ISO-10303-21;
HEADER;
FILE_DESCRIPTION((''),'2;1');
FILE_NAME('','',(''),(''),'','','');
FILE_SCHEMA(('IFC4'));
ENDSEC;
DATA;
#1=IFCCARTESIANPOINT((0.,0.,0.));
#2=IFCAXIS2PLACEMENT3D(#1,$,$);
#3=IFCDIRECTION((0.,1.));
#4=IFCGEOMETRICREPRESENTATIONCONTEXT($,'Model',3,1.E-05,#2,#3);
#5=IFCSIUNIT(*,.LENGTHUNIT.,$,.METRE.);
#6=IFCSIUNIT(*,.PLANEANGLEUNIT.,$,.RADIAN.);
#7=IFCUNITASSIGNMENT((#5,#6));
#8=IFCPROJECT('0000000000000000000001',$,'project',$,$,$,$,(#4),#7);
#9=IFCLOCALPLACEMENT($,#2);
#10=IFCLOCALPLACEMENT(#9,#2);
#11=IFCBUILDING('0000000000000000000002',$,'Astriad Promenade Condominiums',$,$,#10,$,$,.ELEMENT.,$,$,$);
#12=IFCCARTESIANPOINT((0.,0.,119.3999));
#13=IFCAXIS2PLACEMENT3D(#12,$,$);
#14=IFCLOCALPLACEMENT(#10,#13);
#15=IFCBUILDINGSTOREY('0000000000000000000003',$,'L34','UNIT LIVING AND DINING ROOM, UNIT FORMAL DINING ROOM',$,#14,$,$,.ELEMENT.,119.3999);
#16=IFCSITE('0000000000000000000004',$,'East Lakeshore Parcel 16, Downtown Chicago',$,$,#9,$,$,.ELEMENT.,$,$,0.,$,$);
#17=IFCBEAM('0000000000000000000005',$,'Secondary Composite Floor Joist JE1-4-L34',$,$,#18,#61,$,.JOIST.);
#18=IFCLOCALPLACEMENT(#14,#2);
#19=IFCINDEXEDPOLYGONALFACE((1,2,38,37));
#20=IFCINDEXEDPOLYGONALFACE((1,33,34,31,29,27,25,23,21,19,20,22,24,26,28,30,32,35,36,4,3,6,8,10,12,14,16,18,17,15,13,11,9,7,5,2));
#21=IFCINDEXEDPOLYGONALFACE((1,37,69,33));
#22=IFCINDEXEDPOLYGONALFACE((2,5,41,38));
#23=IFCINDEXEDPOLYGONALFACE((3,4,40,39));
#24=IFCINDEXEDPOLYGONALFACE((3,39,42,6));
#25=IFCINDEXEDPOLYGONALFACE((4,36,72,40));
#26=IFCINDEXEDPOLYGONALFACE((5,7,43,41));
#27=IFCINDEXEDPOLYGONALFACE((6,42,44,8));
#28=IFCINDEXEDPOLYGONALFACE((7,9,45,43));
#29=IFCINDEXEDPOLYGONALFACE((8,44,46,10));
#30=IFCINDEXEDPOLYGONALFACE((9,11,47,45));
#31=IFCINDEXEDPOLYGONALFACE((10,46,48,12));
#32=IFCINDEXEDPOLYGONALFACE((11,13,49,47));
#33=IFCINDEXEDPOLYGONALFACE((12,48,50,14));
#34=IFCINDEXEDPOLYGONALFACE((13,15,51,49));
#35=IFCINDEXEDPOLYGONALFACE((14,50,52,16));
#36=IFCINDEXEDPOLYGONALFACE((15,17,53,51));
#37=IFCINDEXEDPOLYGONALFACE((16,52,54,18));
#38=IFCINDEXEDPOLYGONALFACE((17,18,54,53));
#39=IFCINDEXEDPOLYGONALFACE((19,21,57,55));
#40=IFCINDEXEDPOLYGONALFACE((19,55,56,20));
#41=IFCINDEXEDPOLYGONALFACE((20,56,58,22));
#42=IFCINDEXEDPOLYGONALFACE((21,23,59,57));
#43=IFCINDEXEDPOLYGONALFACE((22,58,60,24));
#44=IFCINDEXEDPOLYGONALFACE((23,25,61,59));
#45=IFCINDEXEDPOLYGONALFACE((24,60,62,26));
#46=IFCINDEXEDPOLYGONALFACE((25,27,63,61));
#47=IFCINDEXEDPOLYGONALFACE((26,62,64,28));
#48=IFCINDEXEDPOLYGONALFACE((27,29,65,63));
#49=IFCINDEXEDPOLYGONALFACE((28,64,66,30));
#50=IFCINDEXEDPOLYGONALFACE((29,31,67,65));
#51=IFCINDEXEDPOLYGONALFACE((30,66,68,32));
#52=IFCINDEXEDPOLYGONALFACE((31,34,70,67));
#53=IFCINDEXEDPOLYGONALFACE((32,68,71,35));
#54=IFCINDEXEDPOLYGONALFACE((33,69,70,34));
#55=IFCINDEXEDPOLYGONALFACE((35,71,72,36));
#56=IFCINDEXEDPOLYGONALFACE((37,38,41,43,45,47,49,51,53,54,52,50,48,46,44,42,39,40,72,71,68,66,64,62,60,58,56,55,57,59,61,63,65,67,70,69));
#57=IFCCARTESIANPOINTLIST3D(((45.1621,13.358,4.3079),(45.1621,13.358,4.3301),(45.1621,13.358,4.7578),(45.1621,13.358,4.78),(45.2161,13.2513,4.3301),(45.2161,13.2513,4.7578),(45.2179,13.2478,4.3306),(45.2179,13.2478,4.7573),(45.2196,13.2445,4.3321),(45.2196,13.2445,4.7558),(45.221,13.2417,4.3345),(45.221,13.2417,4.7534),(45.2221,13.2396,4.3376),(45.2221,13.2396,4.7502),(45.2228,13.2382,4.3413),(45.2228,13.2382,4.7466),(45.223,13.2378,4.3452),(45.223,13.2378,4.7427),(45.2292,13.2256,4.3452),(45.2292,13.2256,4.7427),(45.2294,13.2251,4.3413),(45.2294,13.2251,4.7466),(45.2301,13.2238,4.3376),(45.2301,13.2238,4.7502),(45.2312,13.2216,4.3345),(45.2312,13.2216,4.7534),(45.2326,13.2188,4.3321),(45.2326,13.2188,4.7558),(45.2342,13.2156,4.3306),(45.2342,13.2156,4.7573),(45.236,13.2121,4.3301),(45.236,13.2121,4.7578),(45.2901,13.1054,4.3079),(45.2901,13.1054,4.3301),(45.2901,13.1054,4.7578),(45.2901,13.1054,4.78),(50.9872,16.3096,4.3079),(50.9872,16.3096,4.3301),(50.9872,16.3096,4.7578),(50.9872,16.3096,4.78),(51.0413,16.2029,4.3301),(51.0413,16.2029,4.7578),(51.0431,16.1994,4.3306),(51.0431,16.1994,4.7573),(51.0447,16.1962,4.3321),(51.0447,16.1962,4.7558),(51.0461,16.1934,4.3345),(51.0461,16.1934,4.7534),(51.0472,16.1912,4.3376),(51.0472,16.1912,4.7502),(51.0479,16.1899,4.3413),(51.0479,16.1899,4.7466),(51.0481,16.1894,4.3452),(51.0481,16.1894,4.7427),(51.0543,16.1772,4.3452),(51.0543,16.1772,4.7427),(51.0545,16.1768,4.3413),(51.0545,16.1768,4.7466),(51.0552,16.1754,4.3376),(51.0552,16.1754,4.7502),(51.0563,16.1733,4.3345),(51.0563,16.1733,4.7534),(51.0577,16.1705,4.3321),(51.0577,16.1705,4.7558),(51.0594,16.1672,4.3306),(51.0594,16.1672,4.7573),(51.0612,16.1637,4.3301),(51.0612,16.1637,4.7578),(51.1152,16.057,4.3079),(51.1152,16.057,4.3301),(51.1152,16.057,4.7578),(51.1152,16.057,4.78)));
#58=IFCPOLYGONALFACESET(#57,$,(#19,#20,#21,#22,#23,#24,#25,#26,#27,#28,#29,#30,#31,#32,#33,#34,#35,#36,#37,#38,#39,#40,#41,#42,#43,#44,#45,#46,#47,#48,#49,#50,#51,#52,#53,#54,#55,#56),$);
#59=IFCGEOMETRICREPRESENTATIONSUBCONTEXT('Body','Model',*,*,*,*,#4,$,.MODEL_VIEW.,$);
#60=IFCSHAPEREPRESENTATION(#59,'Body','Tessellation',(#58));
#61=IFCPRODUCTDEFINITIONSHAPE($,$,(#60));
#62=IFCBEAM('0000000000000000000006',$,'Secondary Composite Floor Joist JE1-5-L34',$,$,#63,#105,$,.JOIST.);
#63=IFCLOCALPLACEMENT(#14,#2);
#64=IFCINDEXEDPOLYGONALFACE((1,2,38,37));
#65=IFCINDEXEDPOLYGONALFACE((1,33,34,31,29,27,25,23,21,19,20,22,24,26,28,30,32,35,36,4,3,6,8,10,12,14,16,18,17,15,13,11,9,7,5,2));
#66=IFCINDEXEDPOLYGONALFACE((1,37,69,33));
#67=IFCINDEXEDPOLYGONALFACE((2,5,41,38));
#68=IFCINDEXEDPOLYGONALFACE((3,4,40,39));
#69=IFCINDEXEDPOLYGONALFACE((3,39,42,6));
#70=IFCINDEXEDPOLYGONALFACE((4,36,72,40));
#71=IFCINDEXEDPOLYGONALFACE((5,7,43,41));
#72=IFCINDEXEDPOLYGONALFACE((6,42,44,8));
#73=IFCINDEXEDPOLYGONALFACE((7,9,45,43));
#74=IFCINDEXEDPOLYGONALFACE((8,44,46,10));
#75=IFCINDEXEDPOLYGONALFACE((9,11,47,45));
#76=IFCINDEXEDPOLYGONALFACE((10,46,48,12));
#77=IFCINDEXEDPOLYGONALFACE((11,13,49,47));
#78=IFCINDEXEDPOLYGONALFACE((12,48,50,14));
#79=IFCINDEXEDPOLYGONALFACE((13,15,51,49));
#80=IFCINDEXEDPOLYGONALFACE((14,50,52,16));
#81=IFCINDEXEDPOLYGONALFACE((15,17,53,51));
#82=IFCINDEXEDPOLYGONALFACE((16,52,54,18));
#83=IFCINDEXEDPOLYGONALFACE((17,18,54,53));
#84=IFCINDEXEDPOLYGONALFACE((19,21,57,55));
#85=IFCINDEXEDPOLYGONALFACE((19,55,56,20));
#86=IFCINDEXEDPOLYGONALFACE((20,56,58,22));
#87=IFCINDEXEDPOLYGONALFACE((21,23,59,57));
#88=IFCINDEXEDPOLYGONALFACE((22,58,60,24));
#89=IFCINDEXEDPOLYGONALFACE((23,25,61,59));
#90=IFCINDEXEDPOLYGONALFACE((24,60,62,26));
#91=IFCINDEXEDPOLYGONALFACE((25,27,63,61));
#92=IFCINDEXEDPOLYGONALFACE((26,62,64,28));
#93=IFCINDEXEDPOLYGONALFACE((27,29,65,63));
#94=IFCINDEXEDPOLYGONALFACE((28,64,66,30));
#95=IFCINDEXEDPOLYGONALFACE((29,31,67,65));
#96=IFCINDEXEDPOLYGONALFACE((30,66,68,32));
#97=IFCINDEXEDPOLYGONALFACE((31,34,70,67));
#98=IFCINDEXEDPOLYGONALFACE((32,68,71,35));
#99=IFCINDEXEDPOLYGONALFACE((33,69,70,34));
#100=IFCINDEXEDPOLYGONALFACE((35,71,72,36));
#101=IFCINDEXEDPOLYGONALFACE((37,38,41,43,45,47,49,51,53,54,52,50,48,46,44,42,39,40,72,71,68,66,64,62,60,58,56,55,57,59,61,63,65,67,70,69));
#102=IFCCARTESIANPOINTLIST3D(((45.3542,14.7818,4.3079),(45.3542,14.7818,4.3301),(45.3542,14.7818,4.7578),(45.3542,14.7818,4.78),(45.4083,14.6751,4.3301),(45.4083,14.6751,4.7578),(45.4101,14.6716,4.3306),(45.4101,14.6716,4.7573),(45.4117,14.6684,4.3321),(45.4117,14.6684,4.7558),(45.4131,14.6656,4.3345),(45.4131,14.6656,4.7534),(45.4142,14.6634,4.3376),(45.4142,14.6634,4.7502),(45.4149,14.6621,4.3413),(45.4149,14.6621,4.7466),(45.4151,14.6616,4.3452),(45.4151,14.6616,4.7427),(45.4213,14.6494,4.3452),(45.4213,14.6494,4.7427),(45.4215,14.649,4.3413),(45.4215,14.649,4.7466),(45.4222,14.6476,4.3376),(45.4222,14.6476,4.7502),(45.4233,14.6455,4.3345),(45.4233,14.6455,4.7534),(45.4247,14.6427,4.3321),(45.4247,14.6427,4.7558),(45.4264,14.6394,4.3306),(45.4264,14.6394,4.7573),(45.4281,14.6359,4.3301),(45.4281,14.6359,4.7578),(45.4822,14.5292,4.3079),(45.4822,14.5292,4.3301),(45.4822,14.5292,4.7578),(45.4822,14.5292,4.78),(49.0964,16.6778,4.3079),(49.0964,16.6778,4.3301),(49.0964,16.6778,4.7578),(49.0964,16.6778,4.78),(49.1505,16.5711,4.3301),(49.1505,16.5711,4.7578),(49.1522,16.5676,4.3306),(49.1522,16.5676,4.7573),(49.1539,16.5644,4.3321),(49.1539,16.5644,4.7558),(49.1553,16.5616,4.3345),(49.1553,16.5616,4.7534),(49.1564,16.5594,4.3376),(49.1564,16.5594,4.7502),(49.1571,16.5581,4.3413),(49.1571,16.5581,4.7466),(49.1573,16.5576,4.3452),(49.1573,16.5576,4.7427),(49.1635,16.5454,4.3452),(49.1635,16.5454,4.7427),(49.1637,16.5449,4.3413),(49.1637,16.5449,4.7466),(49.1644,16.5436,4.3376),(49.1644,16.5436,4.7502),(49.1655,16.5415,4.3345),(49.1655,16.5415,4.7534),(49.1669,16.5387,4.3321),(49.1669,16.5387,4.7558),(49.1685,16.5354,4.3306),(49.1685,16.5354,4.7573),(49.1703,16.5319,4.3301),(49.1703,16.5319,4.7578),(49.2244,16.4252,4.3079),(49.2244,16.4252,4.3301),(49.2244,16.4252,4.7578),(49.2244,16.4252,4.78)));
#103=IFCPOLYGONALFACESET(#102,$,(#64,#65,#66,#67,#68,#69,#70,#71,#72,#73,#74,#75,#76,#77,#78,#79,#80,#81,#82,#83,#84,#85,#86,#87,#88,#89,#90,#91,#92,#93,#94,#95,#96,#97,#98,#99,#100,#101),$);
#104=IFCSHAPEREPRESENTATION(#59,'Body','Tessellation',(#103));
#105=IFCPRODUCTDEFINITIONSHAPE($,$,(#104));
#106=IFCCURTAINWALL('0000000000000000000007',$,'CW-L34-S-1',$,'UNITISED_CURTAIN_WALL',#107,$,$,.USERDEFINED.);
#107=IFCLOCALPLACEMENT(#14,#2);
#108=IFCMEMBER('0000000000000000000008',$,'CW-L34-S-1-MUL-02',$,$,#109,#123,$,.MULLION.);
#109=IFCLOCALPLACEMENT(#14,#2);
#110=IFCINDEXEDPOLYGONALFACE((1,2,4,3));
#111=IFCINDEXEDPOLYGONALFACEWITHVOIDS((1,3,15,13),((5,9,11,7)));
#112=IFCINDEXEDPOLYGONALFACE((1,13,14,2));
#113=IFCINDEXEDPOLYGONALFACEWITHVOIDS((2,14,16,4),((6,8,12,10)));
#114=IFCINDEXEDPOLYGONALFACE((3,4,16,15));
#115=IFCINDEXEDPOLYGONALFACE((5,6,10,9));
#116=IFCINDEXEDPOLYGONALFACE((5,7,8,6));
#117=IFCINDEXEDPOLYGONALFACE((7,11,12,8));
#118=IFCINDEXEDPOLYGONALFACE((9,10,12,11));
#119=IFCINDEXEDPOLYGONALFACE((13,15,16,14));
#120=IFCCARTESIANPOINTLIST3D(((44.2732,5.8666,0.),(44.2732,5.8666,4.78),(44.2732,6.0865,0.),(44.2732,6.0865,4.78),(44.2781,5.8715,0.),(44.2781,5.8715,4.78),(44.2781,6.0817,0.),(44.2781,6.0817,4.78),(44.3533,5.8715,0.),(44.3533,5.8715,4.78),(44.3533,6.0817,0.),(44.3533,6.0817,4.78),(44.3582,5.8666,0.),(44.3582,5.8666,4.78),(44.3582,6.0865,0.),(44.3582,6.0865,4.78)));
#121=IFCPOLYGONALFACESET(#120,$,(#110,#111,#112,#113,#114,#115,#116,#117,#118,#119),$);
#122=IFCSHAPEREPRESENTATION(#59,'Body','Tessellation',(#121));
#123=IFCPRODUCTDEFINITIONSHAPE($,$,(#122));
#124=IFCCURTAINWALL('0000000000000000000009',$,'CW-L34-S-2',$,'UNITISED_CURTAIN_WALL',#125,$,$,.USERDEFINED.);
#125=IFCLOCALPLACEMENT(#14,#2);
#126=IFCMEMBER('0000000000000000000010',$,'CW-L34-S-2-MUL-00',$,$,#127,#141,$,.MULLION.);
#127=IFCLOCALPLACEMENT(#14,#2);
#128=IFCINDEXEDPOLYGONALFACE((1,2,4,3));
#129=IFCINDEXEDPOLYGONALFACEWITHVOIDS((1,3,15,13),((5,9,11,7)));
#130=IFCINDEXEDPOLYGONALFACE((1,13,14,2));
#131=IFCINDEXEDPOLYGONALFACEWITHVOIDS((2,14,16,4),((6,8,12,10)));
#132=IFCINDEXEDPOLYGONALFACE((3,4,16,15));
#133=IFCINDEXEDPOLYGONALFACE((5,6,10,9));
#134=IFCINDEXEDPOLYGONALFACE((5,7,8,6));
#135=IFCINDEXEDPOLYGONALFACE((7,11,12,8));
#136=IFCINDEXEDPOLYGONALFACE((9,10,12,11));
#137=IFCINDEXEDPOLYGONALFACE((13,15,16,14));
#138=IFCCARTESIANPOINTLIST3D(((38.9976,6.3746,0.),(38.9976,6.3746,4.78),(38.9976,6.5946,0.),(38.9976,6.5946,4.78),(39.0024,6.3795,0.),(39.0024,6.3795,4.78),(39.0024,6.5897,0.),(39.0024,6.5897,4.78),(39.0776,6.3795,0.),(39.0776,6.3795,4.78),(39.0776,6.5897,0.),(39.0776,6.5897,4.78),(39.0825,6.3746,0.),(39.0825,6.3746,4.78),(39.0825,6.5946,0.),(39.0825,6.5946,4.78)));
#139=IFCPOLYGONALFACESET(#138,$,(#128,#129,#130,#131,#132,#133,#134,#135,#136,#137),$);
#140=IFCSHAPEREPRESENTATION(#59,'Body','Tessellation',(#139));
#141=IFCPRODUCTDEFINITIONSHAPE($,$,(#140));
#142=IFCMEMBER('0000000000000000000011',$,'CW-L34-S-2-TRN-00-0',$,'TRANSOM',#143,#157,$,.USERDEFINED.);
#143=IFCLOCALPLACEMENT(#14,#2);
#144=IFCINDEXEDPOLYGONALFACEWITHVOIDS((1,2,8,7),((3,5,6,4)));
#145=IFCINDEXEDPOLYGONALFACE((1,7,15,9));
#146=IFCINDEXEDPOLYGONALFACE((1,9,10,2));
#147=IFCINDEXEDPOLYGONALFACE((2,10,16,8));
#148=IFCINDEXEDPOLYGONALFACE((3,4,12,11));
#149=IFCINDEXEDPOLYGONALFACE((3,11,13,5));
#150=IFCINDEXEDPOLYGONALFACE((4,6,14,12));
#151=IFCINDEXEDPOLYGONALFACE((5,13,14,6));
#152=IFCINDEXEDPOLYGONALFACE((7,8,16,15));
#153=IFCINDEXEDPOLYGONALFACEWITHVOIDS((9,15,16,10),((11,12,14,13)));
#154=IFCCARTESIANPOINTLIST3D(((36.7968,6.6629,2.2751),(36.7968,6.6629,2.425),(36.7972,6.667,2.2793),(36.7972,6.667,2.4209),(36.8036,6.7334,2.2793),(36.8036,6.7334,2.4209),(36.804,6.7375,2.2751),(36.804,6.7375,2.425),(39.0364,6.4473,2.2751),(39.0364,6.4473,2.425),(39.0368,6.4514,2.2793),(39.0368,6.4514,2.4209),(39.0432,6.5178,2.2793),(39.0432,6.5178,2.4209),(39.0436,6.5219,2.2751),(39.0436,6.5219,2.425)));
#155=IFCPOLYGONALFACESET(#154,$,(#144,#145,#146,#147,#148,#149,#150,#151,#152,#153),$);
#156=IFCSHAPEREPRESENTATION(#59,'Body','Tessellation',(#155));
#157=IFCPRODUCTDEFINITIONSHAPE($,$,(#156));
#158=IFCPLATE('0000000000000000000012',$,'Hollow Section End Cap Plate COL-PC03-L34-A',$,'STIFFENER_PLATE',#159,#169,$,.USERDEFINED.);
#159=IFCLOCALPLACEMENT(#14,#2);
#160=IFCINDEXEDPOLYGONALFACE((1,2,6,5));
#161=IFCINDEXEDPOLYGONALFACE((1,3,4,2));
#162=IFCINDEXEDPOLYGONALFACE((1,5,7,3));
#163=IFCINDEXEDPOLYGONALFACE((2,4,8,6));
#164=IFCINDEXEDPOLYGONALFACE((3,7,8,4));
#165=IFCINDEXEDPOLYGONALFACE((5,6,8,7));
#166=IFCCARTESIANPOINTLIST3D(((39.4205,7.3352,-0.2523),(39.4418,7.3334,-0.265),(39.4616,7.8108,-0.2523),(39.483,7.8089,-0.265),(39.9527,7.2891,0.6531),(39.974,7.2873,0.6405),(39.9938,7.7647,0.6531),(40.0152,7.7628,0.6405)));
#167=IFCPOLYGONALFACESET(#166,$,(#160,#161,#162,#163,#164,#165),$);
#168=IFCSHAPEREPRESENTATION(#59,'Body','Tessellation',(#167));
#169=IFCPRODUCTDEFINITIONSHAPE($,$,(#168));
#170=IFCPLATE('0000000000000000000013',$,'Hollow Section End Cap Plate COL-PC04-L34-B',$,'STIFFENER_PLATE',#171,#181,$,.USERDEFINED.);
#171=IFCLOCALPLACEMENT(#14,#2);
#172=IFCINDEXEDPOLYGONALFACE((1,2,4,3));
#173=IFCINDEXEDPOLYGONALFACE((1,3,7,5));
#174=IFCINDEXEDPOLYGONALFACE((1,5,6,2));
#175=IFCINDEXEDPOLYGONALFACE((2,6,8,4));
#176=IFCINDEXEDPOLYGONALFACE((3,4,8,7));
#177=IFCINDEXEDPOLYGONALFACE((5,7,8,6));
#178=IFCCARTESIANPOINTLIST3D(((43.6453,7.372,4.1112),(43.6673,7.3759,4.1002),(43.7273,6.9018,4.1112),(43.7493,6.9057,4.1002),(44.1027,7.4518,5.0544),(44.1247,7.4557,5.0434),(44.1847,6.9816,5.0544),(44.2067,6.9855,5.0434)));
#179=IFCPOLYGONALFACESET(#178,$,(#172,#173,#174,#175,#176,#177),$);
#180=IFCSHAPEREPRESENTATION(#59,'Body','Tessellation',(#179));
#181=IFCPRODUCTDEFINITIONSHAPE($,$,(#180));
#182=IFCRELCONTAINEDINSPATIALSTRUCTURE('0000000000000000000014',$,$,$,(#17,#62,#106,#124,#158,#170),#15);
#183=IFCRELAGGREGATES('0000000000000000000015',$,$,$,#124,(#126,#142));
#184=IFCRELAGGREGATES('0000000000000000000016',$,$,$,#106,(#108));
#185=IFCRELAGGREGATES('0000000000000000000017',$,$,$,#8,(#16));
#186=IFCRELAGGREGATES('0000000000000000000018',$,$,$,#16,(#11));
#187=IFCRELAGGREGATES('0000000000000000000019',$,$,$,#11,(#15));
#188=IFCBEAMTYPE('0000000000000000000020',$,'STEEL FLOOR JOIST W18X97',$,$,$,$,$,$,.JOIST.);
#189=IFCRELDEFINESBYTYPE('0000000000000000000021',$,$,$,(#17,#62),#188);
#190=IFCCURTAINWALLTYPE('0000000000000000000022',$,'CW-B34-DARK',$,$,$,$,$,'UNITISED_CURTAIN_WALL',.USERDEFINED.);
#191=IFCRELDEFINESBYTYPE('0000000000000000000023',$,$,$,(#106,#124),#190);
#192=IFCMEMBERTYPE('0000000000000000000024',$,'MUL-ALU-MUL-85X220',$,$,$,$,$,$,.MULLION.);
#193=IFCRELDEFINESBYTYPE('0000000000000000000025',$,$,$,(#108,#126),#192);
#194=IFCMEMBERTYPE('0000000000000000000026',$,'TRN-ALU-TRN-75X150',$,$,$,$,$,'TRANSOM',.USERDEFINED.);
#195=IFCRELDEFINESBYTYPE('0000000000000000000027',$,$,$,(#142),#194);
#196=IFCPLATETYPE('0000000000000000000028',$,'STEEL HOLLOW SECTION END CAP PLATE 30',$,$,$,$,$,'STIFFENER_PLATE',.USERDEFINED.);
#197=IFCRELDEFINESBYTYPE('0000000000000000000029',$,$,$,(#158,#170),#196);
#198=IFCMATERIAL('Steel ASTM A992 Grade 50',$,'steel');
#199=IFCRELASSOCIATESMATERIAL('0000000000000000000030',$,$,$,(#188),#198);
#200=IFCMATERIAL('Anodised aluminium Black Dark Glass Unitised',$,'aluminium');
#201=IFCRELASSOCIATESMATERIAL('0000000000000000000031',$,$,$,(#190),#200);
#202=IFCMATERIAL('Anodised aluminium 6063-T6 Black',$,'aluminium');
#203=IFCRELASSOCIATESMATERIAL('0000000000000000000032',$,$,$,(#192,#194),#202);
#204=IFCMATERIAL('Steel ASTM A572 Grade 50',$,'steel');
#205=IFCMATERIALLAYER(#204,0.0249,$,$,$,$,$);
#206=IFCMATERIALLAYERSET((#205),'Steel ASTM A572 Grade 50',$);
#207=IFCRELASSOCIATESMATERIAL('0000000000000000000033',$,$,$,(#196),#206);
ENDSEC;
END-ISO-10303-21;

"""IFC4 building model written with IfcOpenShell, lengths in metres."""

from ifc_helpers import new_model, si_unit, direction, frame, origin, origin_2d, place, context, subcontext, project, spatial, rectangle, hollow_rectangle, i_section, extrude, source, transform, mapped, material, layer, layer_set, material_profile, profile_set, type_object, type_shapes, element, aggregate, save


model = new_model("IFC4")

# Units and contexts
model_context = context("Model", 3, precision=1e-05, world=origin(), true_north=direction((0.0, 1.0)))
body_context = subcontext(model_context, "Body", "Model", "MODEL_VIEW")
ifc_project = project(units=[si_unit("LENGTHUNIT", "METRE"), si_unit("PLANEANGLEUNIT", "RADIAN")], contexts=[model_context])

# Site, building, storey
site_placement = place(None, origin())
site = spatial("IfcSite", under=ifc_project, at=site_placement, Name="East Lakeshore Parcel 16, Downtown Chicago", CompositionType="ELEMENT", RefElevation=0.0)
building_placement = place(site_placement, origin())
building = spatial("IfcBuilding", under=site, at=building_placement, Name="Astriad Promenade Condominiums", CompositionType="ELEMENT")
storey_placement = place(building_placement, frame((0.0, 0.0, 119.3999)))
storey = spatial("IfcBuildingStorey", under=building, at=storey_placement, Name="L34", Description="UNIT LIVING AND DINING ROOM, UNIT FORMAL DINING ROOM", CompositionType="ELEMENT", Elevation=119.3999)

# Shared definitions
ifc_material_1 = material(Name="Steel ASTM A992 Grade 50", Category="steel")

# Beams
ifc_material_profile_1 = material_profile(ifc_material_1, i_section(OverallWidth=0.2832, OverallDepth=0.4722, WebThickness=0.0137, FlangeThickness=0.0222, FilletRadius=0.0151, at=origin_2d()), Name="W18X97")
ifc_profile_set_1 = profile_set([ifc_material_profile_1], Name="Steel ASTM A992 Grade 50")
beam_type_1 = type_object("IfcBeamType", Name="STEEL FLOOR JOIST W18X97", PredefinedType="JOIST", material=ifc_profile_set_1)
shared_shape_1 = source(origin(), body_context, "Body", "SweptSolid", [
    extrude(i_section(OverallWidth=0.2832, OverallDepth=0.4722, WebThickness=0.0137, FlangeThickness=0.0222, FilletRadius=0.0151, at=origin_2d()), origin(), (0.0, 0.0, 1.0), 6.5303),
])
beam_1_placement = place(storey_placement, frame((45.2261, 13.2317, 4.5439), z_axis=(0.892022, 0.451993, 0.0), x_axis=(-0.451993, 0.892022, 0.0)))
element("IfcBeam", 1, at=beam_1_placement, inside=storey, type_object=beam_type_1, Name="Secondary Composite Floor Joist JE1-4-L34", PredefinedType="JOIST", context=body_context, shape_type="MappedRepresentation", body=[
    mapped(shared_shape_1, transform((0.0, 0.0, 0.0), scale=1.0)),
])
shared_shape_2 = source(origin(), body_context, "Body", "SweptSolid", [
    extrude(i_section(OverallWidth=0.2832, OverallDepth=0.4722, WebThickness=0.0137, FlangeThickness=0.0222, FilletRadius=0.0151, at=origin_2d()), origin(), (0.0, 0.0, 1.0), 4.1951),
])
beam_2_placement = place(storey_placement, frame((45.4182, 14.6555, 4.5439), z_axis=(0.89204, 0.451956, 0.0), x_axis=(-0.451956, 0.89204, 0.0)))
element("IfcBeam", 2, at=beam_2_placement, inside=storey, type_object=beam_type_1, Name="Secondary Composite Floor Joist JE1-5-L34", PredefinedType="JOIST", context=body_context, shape_type="MappedRepresentation", body=[
    mapped(shared_shape_2, transform((0.0, 0.0, 0.0), scale=1.0)),
])

# Curtain wall, member
ifc_material_2 = material(Name="Anodised aluminium Black Dark Glass Unitised", Category="aluminium")
curtain_wall_type = type_object("IfcCurtainWallType", Name="CW-B34-DARK", ElementType="UNITISED_CURTAIN_WALL", PredefinedType="USERDEFINED", material=ifc_material_2)
curtain_wall_1_placement = place(storey_placement, origin())
curtain_wall_1 = element("IfcCurtainWall", 3, at=curtain_wall_1_placement, inside=storey, type_object=curtain_wall_type, Name="CW-L34-S-1", ObjectType="UNITISED_CURTAIN_WALL", PredefinedType="USERDEFINED")
ifc_material_3 = material(Name="Anodised aluminium 6063-T6 Black", Category="aluminium")
ifc_material_profile_2 = material_profile(ifc_material_3, hollow_rectangle(XDim=0.085, YDim=0.22, WallThickness=0.0049, at=origin_2d()), Name="ALU-MUL-85X220")
ifc_profile_set_2 = profile_set([ifc_material_profile_2], Name="Anodised aluminium 6063-T6 Black")
member_type_1 = type_object("IfcMemberType", Name="MUL-ALU-MUL-85X220", PredefinedType="MULLION", material=ifc_profile_set_2)
shared_shape_3 = source(origin(), body_context, "Body", "SweptSolid", [
    extrude(hollow_rectangle(XDim=0.085, YDim=0.22, WallThickness=0.0049, at=origin_2d()), origin(), (0.0, 0.0, 1.0), 4.78),
])
type_shapes(member_type_1, [shared_shape_3])
member_1_placement = place(storey_placement, frame((44.3157, 5.9766, 0.0), z_axis=(0.0, 0.0, 1.0), x_axis=(1.0, 0.0, 0.0)))
member_1 = element("IfcMember", 4, at=member_1_placement, type_object=member_type_1, Name="CW-L34-S-1-MUL-02", PredefinedType="MULLION", context=body_context, shape_type="MappedRepresentation", body=[
    mapped(shared_shape_3, transform((0.0, 0.0, 0.0), scale=1.0)),
])

# Curtain wall, members
curtain_wall_2_placement = place(storey_placement, origin())
curtain_wall_2 = element("IfcCurtainWall", 5, at=curtain_wall_2_placement, inside=storey, type_object=curtain_wall_type, Name="CW-L34-S-2", ObjectType="UNITISED_CURTAIN_WALL", PredefinedType="USERDEFINED")
member_2_placement = place(storey_placement, frame((39.04, 6.4846, 0.0), z_axis=(0.0, 0.0, 1.0), x_axis=(1.0, 0.0, 0.0)))
member_2 = element("IfcMember", 6, at=member_2_placement, type_object=member_type_1, Name="CW-L34-S-2-MUL-00", PredefinedType="MULLION", context=body_context, shape_type="MappedRepresentation", body=[
    mapped(shared_shape_3, transform((0.0, 0.0, 0.0), scale=1.0)),
])
ifc_material_profile_3 = material_profile(ifc_material_3, hollow_rectangle(XDim=0.075, YDim=0.1499, WallThickness=0.0042, at=origin_2d()), Name="ALU-TRN-75X150")
ifc_profile_set_3 = profile_set([ifc_material_profile_3], Name="Anodised aluminium 6063-T6 Black")
member_type_2 = type_object("IfcMemberType", Name="TRN-ALU-TRN-75X150", ElementType="TRANSOM", PredefinedType="USERDEFINED", material=ifc_profile_set_3)
shared_shape_4 = source(origin(), body_context, "Body", "SweptSolid", [
    extrude(hollow_rectangle(XDim=0.075, YDim=0.1499, WallThickness=0.0042, at=origin_2d()), origin(), (0.0, 0.0, 1.0), 2.25),
])
type_shapes(member_type_2, [shared_shape_4])
member_3_placement = place(storey_placement, frame((39.04, 6.4846, 2.3501), z_axis=(-0.9954, 0.095808, 0.0), x_axis=(-0.095808, -0.9954, 0.0)))
member_3 = element("IfcMember", 7, at=member_3_placement, type_object=member_type_2, Name="CW-L34-S-2-TRN-00-0", ObjectType="TRANSOM", PredefinedType="USERDEFINED", context=body_context, shape_type="MappedRepresentation", body=[
    mapped(shared_shape_4, transform((0.0, 0.0, 0.0), scale=1.0)),
])
aggregate(curtain_wall_2, [member_2, member_3])

# Plates
ifc_material_4 = material(Name="Steel ASTM A572 Grade 50", Category="steel")
ifc_layer_1 = layer(ifc_material_4, 0.0249)
ifc_layer_set_1 = layer_set([ifc_layer_1], Name="Steel ASTM A572 Grade 50")
plate_type_1 = type_object("IfcPlateType", Name="STEEL HOLLOW SECTION END CAP PLATE 30", ElementType="STIFFENER_PLATE", PredefinedType="USERDEFINED", material=ifc_layer_set_1)
shared_shape_5 = source(origin(), body_context, "Body", "SweptSolid", [
    extrude(rectangle(XDim=0.4773, YDim=1.0513, at=origin_2d()), origin(), (0.0, 0.0, 1.0), 0.0249),
])
type_shapes(plate_type_1, [shared_shape_5])
for number, where, z_axis, x_axis, name in (
    (8, (39.7285, 7.5481, 0.1877), (-0.858066, 0.074319, 0.508133), (-0.08629, -0.99627, 0.0), "Hollow Section End Cap Plate COL-PC03-L34-A"),
    (9, (43.937, 7.1807, 4.5718), (-0.883821, -0.154153, 0.441698), (0.171823, -0.985128, 0.0), "Hollow Section End Cap Plate COL-PC04-L34-B"),
):
    element("IfcPlate", number, at=place(storey_placement, frame(where, z_axis=z_axis, x_axis=x_axis)), inside=storey, type_object=plate_type_1, Name=name, ObjectType="STIFFENER_PLATE", PredefinedType="USERDEFINED", context=body_context, shape_type="MappedRepresentation", body=[
        mapped(shared_shape_5, transform((0.0, 0.0, 0.0), scale=1.0)),
    ])

aggregate(curtain_wall_1, [member_1])

save(model, "model.ifc")
